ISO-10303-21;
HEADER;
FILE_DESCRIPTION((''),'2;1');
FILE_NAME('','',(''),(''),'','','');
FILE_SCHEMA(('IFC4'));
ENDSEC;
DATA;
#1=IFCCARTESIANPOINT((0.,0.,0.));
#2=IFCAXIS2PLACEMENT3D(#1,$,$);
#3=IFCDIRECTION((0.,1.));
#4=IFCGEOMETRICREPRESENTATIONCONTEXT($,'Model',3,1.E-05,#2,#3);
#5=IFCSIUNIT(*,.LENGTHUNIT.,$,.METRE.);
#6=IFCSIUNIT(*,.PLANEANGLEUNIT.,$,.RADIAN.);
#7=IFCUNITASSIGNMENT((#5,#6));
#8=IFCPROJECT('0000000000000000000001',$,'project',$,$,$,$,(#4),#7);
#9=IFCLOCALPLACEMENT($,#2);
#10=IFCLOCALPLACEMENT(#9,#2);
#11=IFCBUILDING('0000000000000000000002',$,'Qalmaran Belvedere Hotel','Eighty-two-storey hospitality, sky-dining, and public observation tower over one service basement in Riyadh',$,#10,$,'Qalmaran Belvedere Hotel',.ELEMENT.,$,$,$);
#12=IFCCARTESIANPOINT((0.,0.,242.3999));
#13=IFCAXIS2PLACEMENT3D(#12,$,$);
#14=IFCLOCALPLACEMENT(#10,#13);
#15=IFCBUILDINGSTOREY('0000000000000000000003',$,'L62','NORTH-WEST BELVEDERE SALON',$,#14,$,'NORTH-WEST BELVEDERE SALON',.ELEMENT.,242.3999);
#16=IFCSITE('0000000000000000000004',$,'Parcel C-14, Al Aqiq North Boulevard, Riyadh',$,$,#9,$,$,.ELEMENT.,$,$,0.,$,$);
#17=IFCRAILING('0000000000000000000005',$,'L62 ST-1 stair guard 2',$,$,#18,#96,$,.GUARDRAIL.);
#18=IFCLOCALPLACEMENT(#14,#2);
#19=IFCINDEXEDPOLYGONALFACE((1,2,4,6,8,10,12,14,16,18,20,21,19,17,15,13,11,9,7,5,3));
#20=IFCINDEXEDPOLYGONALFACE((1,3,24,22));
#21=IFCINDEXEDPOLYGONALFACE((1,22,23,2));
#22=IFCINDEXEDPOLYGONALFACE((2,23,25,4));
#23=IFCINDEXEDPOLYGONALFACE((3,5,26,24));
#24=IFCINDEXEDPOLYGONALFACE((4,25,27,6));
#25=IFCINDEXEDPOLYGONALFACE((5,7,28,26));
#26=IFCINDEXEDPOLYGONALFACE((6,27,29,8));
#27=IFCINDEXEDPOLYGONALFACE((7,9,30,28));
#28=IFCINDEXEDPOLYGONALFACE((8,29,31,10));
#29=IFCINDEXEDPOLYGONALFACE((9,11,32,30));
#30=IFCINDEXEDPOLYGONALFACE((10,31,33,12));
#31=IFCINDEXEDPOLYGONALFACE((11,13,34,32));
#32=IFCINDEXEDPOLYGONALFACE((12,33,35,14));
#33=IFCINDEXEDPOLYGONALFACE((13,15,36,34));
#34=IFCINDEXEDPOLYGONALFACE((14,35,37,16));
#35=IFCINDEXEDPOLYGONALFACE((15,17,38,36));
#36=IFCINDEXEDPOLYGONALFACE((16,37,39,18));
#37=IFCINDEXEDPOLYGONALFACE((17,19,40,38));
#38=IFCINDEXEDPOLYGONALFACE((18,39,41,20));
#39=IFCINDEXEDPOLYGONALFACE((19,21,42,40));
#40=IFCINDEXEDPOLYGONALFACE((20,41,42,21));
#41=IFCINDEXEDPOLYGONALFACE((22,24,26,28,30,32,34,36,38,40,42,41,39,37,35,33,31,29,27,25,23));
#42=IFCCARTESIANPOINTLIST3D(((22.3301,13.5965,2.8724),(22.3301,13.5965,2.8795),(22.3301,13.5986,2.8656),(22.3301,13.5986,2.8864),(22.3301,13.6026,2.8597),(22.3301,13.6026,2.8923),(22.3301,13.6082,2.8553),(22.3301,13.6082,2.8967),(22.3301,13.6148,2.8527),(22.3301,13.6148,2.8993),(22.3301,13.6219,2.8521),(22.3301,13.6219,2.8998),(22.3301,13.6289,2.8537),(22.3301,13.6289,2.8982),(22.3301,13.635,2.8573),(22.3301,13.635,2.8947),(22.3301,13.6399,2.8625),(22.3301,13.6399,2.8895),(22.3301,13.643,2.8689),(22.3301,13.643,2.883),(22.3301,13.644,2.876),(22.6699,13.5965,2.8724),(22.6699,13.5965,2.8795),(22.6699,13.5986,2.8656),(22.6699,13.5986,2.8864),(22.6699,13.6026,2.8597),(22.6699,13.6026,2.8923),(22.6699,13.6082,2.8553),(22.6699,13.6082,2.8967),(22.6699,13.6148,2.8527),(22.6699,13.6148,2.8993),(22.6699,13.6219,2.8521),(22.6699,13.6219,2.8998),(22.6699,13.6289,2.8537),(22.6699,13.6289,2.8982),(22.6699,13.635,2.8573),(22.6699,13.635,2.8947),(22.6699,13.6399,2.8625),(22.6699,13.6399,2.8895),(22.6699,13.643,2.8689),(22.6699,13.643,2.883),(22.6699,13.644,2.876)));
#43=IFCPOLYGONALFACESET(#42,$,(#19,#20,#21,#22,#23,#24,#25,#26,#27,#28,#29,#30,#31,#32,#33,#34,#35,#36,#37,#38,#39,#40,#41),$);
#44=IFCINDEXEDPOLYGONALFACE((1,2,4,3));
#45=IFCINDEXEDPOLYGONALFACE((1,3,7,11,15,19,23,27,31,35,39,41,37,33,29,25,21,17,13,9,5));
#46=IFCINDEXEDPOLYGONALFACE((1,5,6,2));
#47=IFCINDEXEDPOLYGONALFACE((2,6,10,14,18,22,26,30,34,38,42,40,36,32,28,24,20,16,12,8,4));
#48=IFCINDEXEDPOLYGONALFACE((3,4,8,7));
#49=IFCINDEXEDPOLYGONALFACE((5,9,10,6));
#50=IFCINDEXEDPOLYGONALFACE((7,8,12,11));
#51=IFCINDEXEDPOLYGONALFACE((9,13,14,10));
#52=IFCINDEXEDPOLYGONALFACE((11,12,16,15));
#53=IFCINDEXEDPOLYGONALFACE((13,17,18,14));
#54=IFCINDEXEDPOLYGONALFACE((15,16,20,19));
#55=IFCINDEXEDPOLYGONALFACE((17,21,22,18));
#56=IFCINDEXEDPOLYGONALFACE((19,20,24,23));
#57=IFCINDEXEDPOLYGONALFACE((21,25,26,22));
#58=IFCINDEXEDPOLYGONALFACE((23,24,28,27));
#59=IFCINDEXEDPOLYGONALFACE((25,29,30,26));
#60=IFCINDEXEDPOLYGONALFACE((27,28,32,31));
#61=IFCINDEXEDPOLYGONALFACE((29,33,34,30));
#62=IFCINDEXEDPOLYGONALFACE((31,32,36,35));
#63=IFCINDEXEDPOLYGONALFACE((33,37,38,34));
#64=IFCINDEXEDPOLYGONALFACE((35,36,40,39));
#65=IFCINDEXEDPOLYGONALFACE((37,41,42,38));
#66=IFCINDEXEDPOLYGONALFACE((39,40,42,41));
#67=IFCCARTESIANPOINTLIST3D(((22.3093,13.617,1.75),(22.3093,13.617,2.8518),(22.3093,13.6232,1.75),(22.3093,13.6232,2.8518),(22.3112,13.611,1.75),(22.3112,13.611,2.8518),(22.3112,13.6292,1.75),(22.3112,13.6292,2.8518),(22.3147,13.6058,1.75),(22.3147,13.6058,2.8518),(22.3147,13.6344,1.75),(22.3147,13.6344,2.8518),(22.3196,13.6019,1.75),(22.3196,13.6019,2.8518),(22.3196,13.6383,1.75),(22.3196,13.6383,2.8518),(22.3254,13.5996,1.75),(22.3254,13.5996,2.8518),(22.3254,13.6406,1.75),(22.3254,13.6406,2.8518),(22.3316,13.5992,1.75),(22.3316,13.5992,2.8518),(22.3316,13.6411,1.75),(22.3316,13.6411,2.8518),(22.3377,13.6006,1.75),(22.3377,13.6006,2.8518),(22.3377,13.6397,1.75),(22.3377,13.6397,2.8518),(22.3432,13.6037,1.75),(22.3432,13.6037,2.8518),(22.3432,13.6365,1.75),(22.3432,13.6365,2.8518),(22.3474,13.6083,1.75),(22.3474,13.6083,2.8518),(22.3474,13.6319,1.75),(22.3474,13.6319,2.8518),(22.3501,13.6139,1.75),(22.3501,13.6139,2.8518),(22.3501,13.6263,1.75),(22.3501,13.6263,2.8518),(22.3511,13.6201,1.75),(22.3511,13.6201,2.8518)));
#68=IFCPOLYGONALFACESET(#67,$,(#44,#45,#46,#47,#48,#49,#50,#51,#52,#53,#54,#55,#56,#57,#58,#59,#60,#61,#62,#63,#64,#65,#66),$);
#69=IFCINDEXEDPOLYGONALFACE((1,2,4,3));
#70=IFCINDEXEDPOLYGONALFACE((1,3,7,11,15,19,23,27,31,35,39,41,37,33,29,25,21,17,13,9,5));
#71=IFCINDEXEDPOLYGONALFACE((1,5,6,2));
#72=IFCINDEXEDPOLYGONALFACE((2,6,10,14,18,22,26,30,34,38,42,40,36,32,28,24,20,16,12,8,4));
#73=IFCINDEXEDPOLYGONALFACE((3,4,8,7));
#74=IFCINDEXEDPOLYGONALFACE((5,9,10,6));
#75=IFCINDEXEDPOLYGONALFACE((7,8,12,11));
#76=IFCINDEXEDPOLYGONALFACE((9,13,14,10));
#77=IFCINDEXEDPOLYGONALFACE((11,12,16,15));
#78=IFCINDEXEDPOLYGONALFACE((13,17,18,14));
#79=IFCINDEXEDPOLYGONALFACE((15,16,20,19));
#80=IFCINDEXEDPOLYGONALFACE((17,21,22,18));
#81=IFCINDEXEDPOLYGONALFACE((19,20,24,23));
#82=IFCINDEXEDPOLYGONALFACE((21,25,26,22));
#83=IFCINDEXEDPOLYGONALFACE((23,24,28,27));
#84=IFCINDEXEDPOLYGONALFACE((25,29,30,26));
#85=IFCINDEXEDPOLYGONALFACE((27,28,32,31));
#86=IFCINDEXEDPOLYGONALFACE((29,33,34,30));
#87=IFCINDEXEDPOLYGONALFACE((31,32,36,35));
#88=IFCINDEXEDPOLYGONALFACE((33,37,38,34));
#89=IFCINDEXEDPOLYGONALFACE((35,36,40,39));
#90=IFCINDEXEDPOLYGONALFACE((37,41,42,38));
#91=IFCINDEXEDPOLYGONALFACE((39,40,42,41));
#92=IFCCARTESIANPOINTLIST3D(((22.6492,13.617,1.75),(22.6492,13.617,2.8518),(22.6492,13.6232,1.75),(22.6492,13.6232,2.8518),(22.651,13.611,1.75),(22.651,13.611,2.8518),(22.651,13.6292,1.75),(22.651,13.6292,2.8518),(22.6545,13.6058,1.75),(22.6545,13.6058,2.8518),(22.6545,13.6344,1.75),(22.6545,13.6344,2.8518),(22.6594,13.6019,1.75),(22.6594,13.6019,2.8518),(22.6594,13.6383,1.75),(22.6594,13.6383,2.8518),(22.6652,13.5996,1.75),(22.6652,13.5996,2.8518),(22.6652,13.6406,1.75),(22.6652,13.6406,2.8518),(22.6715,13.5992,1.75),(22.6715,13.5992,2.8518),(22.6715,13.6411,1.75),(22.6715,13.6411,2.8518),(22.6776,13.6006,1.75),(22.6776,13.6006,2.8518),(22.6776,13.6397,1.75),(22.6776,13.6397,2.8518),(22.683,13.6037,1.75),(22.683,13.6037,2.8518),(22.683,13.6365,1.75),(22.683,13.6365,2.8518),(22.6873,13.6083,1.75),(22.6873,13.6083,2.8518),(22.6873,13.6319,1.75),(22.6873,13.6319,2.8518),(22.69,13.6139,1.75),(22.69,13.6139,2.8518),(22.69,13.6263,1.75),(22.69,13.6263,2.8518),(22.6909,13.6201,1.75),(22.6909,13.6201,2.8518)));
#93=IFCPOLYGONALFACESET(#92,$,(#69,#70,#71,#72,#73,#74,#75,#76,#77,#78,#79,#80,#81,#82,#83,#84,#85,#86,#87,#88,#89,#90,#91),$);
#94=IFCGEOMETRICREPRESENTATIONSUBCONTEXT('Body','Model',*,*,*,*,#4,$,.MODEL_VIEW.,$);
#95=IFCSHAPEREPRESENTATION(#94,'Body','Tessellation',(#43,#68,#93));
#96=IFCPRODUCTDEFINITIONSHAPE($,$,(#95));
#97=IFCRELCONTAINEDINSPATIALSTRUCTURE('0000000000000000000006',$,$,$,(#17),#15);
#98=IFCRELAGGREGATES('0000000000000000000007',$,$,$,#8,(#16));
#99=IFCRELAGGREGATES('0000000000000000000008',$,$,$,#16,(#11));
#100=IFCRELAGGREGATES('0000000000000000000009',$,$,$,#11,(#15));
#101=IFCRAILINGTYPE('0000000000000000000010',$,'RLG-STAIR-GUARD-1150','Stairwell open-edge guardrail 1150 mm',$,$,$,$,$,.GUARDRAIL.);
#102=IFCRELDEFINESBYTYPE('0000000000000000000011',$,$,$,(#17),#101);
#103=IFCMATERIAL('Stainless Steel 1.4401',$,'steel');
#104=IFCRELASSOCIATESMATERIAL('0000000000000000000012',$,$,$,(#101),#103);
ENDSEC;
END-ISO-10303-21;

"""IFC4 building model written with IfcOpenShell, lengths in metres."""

from ifc_helpers import new_model, si_unit, direction, frame, origin, origin_2d, place, context, subcontext, project, spatial, circle, extrude, material, type_object, element, save


model = new_model("IFC4")

# Units and contexts
model_context = context("Model", 3, precision=1e-05, world=origin(), true_north=direction((0.0, 1.0)))
body_context = subcontext(model_context, "Body", "Model", "MODEL_VIEW")
ifc_project = project(units=[si_unit("LENGTHUNIT", "METRE"), si_unit("PLANEANGLEUNIT", "RADIAN")], contexts=[model_context])

# Site, building, storey
site_placement = place(None, origin())
site = spatial("IfcSite", under=ifc_project, at=site_placement, Name="Parcel C-14, Al Aqiq North Boulevard, Riyadh", CompositionType="ELEMENT", RefElevation=0.0)
building_placement = place(site_placement, origin())
building = spatial("IfcBuilding", under=site, at=building_placement, Name="Qalmaran Belvedere Hotel", Description="Eighty-two-storey hospitality, sky-dining, and public observation tower over one service basement in Riyadh", LongName="Qalmaran Belvedere Hotel", CompositionType="ELEMENT")
storey_placement = place(building_placement, frame((0.0, 0.0, 242.3999)))
storey = spatial("IfcBuildingStorey", under=building, at=storey_placement, Name="L62", Description="NORTH-WEST BELVEDERE SALON", LongName="NORTH-WEST BELVEDERE SALON", CompositionType="ELEMENT", Elevation=242.3999)

# Railing
ifc_material_1 = material(Name="Stainless Steel 1.4401", Category="steel")
railing_type_1 = type_object("IfcRailingType", Name="RLG-STAIR-GUARD-1150", Description="Stairwell open-edge guardrail 1150 mm", PredefinedType="GUARDRAIL", material=ifc_material_1)
railing_1_placement = place(storey_placement, frame((22.3301, 13.6201, 1.75)))
element("IfcRailing", 1, at=railing_1_placement, inside=storey, type_object=railing_type_1, Name="L62 ST-1 stair guard 2", PredefinedType="GUARDRAIL", context=body_context, shape_type="SweptSolid", body=[
    extrude(circle(Radius=0.0239, at=origin_2d()), frame((0.0, 0.0, 1.126), z_axis=(1.0, 0.0, 0.0), x_axis=(0.0, 1.0, 0.0)), (0.0, 0.0, 1.0), 0.3398),
    extrude(circle(Radius=0.021, at=origin_2d()), origin(), (0.0, 0.0, 1.0), 1.1018),
    extrude(circle(Radius=0.021, at=origin_2d()), frame((0.3398, 0.0, 0.0)), (0.0, 0.0, 1.0), 1.1018),
])

save(model, "model.ifc")
